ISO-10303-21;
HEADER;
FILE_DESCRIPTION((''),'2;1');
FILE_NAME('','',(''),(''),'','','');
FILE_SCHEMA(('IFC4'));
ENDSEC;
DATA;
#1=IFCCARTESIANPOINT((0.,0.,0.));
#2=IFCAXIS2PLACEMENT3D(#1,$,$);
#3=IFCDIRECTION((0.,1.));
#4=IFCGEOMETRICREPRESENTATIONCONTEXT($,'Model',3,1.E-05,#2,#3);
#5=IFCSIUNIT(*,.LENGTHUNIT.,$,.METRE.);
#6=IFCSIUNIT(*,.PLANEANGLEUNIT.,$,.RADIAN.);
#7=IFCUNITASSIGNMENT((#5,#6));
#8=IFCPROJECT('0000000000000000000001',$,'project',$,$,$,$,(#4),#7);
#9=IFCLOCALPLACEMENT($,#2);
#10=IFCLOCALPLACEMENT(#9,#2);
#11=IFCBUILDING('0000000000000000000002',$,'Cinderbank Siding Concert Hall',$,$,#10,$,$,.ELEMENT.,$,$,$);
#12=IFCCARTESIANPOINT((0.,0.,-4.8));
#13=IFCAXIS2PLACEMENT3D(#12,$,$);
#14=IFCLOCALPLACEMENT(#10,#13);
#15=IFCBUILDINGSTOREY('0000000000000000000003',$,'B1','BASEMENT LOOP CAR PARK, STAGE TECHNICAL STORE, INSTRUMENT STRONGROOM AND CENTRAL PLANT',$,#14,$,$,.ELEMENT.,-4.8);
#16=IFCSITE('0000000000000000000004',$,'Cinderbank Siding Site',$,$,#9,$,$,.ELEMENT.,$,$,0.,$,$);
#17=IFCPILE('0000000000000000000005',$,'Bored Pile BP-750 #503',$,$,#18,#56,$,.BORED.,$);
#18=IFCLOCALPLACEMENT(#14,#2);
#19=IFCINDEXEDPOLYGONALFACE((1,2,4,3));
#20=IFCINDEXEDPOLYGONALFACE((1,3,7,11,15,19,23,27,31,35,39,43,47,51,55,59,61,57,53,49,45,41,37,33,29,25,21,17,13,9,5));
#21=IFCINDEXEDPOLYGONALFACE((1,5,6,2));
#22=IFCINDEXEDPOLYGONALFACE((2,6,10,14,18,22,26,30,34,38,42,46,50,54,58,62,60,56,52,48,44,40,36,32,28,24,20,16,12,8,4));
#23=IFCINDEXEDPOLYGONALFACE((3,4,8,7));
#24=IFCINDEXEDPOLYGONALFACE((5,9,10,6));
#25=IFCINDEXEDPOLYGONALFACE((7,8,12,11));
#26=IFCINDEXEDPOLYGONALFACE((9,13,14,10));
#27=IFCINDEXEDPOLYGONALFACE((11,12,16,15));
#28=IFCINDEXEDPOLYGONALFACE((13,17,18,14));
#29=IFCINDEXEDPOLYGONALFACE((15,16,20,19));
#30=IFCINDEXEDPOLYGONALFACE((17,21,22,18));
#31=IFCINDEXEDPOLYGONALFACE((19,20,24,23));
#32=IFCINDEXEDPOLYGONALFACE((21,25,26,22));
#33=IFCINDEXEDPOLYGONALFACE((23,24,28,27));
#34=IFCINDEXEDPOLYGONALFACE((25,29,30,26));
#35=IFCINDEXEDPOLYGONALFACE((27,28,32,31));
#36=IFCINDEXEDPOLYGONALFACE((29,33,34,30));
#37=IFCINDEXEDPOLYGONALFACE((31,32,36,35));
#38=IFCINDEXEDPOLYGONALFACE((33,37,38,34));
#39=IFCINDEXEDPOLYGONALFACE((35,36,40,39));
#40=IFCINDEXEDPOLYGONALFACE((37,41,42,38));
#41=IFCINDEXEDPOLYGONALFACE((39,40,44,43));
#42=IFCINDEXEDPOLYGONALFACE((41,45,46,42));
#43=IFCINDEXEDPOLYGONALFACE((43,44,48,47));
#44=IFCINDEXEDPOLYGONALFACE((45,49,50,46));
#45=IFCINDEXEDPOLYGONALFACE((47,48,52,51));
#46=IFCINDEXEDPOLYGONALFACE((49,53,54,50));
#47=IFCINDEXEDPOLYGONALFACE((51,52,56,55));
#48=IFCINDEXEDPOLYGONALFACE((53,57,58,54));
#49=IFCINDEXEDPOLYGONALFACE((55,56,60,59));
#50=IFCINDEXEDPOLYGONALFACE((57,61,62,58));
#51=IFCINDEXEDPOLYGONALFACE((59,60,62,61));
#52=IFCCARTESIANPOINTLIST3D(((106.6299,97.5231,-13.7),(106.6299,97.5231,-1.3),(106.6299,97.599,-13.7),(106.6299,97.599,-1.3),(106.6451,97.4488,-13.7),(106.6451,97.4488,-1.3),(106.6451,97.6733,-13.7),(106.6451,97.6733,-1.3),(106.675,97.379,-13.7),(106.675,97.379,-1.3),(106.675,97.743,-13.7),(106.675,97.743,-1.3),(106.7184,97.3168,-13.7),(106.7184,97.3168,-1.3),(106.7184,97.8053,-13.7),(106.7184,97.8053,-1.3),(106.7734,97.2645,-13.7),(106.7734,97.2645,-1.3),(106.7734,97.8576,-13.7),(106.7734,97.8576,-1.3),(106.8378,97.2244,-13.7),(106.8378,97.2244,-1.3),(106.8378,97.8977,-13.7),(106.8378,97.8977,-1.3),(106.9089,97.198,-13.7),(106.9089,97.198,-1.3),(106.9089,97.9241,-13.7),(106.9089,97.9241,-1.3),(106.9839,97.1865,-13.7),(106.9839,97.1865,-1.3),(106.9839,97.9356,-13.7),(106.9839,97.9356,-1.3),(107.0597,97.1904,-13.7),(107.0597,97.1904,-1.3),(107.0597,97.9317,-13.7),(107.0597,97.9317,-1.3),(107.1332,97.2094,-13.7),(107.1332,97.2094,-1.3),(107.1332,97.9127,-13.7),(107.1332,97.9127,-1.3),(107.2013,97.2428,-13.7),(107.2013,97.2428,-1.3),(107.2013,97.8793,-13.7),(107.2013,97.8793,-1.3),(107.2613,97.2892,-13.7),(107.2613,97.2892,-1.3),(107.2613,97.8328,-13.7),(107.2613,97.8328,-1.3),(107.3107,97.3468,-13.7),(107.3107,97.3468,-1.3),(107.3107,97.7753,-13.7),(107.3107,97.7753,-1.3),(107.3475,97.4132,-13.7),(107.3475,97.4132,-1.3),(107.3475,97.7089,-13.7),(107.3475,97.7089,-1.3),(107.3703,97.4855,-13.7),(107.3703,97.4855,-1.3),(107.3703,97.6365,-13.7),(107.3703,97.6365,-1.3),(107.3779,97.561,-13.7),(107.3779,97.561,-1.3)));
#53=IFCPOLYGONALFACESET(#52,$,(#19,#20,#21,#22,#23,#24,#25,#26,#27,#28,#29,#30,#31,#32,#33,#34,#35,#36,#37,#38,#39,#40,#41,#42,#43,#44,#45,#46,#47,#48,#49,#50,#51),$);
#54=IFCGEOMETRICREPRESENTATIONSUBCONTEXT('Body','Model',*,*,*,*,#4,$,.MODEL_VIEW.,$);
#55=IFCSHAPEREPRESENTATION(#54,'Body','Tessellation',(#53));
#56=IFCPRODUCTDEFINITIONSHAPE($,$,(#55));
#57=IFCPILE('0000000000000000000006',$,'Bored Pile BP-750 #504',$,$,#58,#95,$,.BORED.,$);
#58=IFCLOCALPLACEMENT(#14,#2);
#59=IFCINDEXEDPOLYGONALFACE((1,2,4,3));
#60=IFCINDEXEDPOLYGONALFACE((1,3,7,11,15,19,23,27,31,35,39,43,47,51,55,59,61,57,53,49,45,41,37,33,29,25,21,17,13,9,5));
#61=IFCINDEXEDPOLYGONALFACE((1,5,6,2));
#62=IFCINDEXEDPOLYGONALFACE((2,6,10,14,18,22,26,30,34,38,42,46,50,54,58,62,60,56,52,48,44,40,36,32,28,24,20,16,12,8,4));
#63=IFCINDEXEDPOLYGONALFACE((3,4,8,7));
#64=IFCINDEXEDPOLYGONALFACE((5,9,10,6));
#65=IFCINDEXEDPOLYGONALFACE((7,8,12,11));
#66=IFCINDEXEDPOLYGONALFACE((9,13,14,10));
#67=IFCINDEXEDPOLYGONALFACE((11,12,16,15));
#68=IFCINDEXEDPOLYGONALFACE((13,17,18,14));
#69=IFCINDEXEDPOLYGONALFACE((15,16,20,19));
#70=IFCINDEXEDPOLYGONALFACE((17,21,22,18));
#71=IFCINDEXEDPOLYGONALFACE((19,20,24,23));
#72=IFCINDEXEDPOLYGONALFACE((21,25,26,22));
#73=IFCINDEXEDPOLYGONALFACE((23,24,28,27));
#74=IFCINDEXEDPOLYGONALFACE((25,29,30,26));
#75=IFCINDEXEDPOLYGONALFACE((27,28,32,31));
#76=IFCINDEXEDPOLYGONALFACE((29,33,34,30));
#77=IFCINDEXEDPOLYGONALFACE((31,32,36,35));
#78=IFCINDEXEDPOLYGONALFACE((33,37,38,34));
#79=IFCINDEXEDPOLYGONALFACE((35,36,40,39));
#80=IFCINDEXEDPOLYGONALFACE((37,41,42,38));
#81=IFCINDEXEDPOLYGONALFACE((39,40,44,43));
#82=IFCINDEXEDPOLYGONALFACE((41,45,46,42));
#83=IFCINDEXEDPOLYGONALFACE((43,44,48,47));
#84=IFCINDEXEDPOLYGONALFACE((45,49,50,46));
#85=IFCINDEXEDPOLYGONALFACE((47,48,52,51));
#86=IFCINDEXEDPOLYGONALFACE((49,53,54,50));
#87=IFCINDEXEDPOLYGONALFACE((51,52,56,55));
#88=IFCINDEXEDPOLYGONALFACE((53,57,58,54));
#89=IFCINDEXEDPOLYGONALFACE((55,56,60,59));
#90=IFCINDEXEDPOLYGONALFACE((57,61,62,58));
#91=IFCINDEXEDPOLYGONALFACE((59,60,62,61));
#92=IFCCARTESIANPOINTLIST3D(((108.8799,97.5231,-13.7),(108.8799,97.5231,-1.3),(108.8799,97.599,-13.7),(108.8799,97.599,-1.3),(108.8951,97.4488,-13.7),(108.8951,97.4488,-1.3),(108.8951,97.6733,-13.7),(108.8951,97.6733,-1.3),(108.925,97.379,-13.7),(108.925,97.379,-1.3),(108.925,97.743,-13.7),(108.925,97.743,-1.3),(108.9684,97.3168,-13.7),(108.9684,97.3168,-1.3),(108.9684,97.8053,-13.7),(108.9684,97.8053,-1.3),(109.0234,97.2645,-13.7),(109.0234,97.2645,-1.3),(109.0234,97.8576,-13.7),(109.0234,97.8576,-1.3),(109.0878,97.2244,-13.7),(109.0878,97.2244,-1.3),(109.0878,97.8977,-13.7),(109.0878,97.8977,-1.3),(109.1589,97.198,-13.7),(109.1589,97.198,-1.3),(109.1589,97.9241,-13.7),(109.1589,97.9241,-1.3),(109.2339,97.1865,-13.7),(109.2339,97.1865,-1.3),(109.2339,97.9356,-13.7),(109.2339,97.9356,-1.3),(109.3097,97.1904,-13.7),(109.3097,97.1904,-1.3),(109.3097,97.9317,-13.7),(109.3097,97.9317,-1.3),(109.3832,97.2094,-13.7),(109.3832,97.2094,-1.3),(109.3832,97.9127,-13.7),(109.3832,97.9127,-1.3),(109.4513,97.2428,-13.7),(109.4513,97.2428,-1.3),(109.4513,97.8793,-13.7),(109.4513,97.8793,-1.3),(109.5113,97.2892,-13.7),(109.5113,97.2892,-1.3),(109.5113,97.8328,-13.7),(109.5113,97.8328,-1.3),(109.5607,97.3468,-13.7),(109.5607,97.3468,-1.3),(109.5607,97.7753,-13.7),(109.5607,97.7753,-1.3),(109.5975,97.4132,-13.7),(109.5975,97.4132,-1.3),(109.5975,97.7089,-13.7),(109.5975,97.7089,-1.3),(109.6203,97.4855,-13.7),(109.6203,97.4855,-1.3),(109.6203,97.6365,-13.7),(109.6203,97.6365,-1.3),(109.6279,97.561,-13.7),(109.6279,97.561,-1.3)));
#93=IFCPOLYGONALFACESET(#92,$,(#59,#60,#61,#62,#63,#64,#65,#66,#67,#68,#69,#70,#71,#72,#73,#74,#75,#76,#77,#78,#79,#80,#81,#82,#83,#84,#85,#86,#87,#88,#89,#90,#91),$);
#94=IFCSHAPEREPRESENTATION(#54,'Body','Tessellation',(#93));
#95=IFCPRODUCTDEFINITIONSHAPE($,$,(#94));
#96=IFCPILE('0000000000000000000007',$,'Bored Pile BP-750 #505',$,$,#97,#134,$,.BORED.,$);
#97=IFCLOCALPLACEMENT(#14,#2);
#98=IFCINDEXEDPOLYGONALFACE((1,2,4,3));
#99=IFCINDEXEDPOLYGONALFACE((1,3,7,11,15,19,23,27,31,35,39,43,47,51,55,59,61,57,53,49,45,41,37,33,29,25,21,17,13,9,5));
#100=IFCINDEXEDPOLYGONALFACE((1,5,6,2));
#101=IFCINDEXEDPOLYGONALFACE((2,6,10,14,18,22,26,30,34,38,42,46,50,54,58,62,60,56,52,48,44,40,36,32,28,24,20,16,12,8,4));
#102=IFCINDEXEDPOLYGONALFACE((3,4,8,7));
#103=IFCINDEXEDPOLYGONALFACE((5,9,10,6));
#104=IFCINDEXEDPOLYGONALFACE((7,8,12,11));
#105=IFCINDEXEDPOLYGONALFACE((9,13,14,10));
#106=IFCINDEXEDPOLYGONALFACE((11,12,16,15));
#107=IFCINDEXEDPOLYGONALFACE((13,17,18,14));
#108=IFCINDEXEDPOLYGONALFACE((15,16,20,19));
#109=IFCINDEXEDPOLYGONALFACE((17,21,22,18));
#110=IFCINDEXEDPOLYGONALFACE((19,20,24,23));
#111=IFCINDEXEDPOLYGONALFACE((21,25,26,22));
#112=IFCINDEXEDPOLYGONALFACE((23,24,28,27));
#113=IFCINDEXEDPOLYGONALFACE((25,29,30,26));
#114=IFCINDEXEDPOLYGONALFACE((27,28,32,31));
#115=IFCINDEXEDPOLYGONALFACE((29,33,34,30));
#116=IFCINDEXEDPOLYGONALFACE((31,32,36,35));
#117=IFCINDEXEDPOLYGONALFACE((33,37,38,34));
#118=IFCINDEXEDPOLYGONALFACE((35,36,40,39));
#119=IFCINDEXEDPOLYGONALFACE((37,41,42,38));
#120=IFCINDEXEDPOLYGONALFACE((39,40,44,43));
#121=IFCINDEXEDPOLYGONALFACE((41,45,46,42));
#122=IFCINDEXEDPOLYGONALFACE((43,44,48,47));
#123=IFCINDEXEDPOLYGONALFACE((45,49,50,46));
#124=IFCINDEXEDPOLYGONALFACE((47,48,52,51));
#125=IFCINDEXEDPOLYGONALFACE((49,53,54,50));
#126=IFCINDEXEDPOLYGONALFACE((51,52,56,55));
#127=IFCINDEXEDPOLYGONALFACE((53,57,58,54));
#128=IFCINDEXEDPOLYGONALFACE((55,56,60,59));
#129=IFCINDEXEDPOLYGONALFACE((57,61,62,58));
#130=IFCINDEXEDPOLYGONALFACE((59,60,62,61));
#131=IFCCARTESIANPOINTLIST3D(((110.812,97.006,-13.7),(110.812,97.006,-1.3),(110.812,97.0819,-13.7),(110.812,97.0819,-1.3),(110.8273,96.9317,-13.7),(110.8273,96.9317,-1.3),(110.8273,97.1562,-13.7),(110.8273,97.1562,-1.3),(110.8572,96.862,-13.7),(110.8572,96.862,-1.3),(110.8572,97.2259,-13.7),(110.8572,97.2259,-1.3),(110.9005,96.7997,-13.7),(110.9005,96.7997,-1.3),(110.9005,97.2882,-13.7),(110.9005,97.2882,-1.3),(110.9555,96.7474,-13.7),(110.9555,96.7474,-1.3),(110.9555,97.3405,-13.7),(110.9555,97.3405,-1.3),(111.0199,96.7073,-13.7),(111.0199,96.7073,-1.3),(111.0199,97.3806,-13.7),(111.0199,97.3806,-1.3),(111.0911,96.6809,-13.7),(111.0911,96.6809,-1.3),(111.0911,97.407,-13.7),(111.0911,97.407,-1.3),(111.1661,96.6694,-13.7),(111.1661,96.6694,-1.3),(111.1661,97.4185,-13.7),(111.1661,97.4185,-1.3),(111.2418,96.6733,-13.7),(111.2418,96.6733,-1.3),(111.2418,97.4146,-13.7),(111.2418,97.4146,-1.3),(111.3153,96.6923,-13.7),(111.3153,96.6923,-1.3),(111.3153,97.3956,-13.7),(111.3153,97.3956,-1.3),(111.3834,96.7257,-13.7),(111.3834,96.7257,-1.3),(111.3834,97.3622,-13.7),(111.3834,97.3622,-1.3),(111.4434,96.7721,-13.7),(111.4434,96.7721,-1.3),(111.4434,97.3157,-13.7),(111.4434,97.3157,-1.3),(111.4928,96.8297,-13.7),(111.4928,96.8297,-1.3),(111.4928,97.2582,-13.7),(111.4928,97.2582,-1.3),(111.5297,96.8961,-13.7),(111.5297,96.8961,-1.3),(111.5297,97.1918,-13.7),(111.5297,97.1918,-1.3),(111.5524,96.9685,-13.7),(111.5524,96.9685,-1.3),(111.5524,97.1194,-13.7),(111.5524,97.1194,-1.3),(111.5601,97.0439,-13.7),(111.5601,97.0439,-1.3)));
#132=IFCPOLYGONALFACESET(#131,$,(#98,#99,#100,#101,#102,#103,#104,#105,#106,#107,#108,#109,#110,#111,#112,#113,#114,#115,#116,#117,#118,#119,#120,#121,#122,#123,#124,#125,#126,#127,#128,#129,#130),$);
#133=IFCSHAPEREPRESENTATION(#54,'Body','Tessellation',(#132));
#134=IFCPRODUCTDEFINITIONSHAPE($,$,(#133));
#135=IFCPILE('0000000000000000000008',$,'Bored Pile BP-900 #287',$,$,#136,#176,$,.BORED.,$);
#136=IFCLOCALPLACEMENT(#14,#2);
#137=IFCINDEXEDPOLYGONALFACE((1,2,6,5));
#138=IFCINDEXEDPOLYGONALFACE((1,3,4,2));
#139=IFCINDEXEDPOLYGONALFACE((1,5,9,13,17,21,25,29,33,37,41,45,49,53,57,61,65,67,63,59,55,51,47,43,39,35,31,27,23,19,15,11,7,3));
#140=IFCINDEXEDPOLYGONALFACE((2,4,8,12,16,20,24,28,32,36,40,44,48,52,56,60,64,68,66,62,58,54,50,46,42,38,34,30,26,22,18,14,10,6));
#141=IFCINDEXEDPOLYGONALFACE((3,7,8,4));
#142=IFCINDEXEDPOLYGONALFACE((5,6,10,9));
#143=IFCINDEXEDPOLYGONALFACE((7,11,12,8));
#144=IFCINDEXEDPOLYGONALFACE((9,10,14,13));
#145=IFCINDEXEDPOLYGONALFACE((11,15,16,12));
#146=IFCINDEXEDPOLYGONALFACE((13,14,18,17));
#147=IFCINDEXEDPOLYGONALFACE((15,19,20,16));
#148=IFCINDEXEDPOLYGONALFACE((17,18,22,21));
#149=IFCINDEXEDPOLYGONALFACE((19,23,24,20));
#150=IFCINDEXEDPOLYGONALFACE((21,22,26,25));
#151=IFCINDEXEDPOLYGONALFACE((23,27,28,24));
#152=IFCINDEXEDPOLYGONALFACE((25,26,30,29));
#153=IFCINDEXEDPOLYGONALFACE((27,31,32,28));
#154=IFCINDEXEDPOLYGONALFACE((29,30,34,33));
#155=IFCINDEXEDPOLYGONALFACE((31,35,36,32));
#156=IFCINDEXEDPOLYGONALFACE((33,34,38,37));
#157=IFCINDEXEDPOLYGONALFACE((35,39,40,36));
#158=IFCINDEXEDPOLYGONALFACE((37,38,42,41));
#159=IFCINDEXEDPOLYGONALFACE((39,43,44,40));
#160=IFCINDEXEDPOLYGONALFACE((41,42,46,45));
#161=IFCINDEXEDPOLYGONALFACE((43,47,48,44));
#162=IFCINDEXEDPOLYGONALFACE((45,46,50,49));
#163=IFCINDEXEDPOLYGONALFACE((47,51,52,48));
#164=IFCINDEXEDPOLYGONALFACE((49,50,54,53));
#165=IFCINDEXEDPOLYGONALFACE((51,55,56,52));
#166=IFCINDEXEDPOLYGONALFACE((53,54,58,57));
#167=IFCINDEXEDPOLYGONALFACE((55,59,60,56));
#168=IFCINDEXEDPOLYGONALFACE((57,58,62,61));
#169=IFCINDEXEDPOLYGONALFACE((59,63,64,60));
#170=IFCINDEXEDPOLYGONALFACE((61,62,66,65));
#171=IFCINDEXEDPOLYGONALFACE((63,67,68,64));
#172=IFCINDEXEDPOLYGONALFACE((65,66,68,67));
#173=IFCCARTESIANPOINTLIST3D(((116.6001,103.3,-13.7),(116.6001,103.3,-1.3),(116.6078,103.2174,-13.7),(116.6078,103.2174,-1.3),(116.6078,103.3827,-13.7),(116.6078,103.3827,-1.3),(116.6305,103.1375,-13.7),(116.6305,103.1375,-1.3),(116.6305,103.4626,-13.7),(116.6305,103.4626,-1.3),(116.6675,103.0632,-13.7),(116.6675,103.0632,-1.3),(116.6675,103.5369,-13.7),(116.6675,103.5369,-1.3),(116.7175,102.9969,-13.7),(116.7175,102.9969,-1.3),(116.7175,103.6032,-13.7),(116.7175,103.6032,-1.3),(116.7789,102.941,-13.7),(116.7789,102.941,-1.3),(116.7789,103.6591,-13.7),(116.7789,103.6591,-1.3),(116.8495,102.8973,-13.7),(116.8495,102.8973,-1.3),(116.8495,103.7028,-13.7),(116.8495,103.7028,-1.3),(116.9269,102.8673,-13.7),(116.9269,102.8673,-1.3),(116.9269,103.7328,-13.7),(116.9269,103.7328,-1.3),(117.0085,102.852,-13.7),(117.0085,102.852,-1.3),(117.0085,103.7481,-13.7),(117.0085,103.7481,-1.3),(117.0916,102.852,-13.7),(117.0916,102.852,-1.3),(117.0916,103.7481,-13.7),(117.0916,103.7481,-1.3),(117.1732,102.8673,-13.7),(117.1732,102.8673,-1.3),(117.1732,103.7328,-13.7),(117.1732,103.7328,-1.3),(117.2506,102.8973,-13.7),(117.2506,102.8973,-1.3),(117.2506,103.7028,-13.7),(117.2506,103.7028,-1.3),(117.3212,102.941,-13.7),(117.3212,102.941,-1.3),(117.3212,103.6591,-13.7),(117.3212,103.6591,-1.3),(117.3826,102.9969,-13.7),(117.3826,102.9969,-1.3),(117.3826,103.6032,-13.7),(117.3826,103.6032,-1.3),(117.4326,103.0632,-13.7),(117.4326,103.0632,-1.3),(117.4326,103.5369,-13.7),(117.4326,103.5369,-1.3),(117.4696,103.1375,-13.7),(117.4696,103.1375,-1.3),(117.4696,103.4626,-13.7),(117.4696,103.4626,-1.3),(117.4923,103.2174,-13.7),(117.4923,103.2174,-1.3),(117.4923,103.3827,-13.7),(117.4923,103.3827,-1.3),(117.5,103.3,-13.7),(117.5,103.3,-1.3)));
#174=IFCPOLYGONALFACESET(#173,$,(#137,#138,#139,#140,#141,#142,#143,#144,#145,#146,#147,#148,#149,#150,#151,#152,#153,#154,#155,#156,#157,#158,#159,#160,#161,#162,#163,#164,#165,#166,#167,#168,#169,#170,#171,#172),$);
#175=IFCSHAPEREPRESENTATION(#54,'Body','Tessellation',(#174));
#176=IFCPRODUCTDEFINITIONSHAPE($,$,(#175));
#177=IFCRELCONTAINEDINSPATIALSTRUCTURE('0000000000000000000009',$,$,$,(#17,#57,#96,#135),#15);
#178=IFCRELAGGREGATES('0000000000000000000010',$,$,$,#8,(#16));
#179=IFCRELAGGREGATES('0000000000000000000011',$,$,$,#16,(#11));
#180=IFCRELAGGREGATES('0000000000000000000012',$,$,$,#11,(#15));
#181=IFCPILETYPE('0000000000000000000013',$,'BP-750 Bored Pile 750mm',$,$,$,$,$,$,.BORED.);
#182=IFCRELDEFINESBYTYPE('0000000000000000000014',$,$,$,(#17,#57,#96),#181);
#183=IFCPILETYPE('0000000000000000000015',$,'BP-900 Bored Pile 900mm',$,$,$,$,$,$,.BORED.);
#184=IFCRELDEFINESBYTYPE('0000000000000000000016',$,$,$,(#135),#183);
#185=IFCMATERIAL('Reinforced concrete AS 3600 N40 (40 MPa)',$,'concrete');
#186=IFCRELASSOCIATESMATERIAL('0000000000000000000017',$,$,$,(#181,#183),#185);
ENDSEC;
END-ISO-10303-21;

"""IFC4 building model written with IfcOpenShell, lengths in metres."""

from ifc_helpers import new_model, si_unit, direction, frame, origin, origin_2d, place, context, subcontext, project, spatial, circle, extrude, material, material_profile, profile_set, type_object, element, save


model = new_model("IFC4")

# Units and contexts
model_context = context("Model", 3, precision=1e-05, world=origin(), true_north=direction((0.0, 1.0)))
body_context = subcontext(model_context, "Body", "Model", "MODEL_VIEW")
ifc_project = project(units=[si_unit("LENGTHUNIT", "METRE"), si_unit("PLANEANGLEUNIT", "RADIAN")], contexts=[model_context])

# Site, building, storey
site_placement = place(None, origin())
site = spatial("IfcSite", under=ifc_project, at=site_placement, Name="Cinderbank Siding Site", CompositionType="ELEMENT", RefElevation=0.0)
building_placement = place(site_placement, origin())
building = spatial("IfcBuilding", under=site, at=building_placement, Name="Cinderbank Siding Concert Hall", CompositionType="ELEMENT")
storey_placement = place(building_placement, frame((0.0, 0.0, -4.8)))
storey = spatial("IfcBuildingStorey", under=building, at=storey_placement, Name="B1", Description="BASEMENT LOOP CAR PARK, STAGE TECHNICAL STORE, INSTRUMENT STRONGROOM AND CENTRAL PLANT", CompositionType="ELEMENT", Elevation=-4.8)

# Piles
ifc_material_1 = material(Name="Reinforced concrete AS 3600 N40 (40 MPa)", Category="concrete")
ifc_material_profile_1 = material_profile(ifc_material_1, circle(Radius=0.375, at=origin_2d()), Name="PILE-750DIA", Category="LoadBearing")
ifc_profile_set_1 = profile_set([ifc_material_profile_1], Name="Reinforced concrete AS 3600 N40 (40 MPa)")
pile_type_1 = type_object("IfcPileType", Name="BP-750 Bored Pile 750mm", PredefinedType="BORED", material=ifc_profile_set_1)
for number, where, z_axis, x_axis, name in (
    (1, (107.0029, 97.561, -1.3), (0.0, 0.0, -1.0), (1.0, 0.0, 0.0), "Bored Pile BP-750 #503"),
    (2, (109.2529, 97.561, -1.3), (0.0, 0.0, -1.0), (1.0, 0.0, 0.0), "Bored Pile BP-750 #504"),
    (3, (111.1851, 97.0439, -1.3), (0.0, 0.0, -1.0), (1.0, 0.0, 0.0), "Bored Pile BP-750 #505"),
):
    element("IfcPile", number, at=place(storey_placement, frame(where, z_axis=z_axis, x_axis=x_axis)), inside=storey, type_object=pile_type_1, Name=name, PredefinedType="BORED", context=body_context, shape_type="SweptSolid", body=[
        extrude(circle(Radius=0.375, at=origin_2d()), origin(), (0.0, 0.0, 1.0), 12.3999),
    ])
ifc_material_profile_2 = material_profile(ifc_material_1, circle(Radius=0.45, at=origin_2d()), Name="PILE-900DIA", Category="LoadBearing")
ifc_profile_set_2 = profile_set([ifc_material_profile_2], Name="Reinforced concrete AS 3600 N40 (40 MPa)")
pile_type_2 = type_object("IfcPileType", Name="BP-900 Bored Pile 900mm", PredefinedType="BORED", material=ifc_profile_set_2)
for number, where, z_axis, x_axis, name in (
    (4, (117.05, 103.3, -1.3), (0.0, 0.0, -1.0), (1.0, 0.0, 0.0), "Bored Pile BP-900 #287"),
):
    element("IfcPile", number, at=place(storey_placement, frame(where, z_axis=z_axis, x_axis=x_axis)), inside=storey, type_object=pile_type_2, Name=name, PredefinedType="BORED", context=body_context, shape_type="SweptSolid", body=[
        extrude(circle(Radius=0.45, at=origin_2d()), origin(), (0.0, 0.0, 1.0), 12.3999),
    ])

save(model, "model.ifc")
